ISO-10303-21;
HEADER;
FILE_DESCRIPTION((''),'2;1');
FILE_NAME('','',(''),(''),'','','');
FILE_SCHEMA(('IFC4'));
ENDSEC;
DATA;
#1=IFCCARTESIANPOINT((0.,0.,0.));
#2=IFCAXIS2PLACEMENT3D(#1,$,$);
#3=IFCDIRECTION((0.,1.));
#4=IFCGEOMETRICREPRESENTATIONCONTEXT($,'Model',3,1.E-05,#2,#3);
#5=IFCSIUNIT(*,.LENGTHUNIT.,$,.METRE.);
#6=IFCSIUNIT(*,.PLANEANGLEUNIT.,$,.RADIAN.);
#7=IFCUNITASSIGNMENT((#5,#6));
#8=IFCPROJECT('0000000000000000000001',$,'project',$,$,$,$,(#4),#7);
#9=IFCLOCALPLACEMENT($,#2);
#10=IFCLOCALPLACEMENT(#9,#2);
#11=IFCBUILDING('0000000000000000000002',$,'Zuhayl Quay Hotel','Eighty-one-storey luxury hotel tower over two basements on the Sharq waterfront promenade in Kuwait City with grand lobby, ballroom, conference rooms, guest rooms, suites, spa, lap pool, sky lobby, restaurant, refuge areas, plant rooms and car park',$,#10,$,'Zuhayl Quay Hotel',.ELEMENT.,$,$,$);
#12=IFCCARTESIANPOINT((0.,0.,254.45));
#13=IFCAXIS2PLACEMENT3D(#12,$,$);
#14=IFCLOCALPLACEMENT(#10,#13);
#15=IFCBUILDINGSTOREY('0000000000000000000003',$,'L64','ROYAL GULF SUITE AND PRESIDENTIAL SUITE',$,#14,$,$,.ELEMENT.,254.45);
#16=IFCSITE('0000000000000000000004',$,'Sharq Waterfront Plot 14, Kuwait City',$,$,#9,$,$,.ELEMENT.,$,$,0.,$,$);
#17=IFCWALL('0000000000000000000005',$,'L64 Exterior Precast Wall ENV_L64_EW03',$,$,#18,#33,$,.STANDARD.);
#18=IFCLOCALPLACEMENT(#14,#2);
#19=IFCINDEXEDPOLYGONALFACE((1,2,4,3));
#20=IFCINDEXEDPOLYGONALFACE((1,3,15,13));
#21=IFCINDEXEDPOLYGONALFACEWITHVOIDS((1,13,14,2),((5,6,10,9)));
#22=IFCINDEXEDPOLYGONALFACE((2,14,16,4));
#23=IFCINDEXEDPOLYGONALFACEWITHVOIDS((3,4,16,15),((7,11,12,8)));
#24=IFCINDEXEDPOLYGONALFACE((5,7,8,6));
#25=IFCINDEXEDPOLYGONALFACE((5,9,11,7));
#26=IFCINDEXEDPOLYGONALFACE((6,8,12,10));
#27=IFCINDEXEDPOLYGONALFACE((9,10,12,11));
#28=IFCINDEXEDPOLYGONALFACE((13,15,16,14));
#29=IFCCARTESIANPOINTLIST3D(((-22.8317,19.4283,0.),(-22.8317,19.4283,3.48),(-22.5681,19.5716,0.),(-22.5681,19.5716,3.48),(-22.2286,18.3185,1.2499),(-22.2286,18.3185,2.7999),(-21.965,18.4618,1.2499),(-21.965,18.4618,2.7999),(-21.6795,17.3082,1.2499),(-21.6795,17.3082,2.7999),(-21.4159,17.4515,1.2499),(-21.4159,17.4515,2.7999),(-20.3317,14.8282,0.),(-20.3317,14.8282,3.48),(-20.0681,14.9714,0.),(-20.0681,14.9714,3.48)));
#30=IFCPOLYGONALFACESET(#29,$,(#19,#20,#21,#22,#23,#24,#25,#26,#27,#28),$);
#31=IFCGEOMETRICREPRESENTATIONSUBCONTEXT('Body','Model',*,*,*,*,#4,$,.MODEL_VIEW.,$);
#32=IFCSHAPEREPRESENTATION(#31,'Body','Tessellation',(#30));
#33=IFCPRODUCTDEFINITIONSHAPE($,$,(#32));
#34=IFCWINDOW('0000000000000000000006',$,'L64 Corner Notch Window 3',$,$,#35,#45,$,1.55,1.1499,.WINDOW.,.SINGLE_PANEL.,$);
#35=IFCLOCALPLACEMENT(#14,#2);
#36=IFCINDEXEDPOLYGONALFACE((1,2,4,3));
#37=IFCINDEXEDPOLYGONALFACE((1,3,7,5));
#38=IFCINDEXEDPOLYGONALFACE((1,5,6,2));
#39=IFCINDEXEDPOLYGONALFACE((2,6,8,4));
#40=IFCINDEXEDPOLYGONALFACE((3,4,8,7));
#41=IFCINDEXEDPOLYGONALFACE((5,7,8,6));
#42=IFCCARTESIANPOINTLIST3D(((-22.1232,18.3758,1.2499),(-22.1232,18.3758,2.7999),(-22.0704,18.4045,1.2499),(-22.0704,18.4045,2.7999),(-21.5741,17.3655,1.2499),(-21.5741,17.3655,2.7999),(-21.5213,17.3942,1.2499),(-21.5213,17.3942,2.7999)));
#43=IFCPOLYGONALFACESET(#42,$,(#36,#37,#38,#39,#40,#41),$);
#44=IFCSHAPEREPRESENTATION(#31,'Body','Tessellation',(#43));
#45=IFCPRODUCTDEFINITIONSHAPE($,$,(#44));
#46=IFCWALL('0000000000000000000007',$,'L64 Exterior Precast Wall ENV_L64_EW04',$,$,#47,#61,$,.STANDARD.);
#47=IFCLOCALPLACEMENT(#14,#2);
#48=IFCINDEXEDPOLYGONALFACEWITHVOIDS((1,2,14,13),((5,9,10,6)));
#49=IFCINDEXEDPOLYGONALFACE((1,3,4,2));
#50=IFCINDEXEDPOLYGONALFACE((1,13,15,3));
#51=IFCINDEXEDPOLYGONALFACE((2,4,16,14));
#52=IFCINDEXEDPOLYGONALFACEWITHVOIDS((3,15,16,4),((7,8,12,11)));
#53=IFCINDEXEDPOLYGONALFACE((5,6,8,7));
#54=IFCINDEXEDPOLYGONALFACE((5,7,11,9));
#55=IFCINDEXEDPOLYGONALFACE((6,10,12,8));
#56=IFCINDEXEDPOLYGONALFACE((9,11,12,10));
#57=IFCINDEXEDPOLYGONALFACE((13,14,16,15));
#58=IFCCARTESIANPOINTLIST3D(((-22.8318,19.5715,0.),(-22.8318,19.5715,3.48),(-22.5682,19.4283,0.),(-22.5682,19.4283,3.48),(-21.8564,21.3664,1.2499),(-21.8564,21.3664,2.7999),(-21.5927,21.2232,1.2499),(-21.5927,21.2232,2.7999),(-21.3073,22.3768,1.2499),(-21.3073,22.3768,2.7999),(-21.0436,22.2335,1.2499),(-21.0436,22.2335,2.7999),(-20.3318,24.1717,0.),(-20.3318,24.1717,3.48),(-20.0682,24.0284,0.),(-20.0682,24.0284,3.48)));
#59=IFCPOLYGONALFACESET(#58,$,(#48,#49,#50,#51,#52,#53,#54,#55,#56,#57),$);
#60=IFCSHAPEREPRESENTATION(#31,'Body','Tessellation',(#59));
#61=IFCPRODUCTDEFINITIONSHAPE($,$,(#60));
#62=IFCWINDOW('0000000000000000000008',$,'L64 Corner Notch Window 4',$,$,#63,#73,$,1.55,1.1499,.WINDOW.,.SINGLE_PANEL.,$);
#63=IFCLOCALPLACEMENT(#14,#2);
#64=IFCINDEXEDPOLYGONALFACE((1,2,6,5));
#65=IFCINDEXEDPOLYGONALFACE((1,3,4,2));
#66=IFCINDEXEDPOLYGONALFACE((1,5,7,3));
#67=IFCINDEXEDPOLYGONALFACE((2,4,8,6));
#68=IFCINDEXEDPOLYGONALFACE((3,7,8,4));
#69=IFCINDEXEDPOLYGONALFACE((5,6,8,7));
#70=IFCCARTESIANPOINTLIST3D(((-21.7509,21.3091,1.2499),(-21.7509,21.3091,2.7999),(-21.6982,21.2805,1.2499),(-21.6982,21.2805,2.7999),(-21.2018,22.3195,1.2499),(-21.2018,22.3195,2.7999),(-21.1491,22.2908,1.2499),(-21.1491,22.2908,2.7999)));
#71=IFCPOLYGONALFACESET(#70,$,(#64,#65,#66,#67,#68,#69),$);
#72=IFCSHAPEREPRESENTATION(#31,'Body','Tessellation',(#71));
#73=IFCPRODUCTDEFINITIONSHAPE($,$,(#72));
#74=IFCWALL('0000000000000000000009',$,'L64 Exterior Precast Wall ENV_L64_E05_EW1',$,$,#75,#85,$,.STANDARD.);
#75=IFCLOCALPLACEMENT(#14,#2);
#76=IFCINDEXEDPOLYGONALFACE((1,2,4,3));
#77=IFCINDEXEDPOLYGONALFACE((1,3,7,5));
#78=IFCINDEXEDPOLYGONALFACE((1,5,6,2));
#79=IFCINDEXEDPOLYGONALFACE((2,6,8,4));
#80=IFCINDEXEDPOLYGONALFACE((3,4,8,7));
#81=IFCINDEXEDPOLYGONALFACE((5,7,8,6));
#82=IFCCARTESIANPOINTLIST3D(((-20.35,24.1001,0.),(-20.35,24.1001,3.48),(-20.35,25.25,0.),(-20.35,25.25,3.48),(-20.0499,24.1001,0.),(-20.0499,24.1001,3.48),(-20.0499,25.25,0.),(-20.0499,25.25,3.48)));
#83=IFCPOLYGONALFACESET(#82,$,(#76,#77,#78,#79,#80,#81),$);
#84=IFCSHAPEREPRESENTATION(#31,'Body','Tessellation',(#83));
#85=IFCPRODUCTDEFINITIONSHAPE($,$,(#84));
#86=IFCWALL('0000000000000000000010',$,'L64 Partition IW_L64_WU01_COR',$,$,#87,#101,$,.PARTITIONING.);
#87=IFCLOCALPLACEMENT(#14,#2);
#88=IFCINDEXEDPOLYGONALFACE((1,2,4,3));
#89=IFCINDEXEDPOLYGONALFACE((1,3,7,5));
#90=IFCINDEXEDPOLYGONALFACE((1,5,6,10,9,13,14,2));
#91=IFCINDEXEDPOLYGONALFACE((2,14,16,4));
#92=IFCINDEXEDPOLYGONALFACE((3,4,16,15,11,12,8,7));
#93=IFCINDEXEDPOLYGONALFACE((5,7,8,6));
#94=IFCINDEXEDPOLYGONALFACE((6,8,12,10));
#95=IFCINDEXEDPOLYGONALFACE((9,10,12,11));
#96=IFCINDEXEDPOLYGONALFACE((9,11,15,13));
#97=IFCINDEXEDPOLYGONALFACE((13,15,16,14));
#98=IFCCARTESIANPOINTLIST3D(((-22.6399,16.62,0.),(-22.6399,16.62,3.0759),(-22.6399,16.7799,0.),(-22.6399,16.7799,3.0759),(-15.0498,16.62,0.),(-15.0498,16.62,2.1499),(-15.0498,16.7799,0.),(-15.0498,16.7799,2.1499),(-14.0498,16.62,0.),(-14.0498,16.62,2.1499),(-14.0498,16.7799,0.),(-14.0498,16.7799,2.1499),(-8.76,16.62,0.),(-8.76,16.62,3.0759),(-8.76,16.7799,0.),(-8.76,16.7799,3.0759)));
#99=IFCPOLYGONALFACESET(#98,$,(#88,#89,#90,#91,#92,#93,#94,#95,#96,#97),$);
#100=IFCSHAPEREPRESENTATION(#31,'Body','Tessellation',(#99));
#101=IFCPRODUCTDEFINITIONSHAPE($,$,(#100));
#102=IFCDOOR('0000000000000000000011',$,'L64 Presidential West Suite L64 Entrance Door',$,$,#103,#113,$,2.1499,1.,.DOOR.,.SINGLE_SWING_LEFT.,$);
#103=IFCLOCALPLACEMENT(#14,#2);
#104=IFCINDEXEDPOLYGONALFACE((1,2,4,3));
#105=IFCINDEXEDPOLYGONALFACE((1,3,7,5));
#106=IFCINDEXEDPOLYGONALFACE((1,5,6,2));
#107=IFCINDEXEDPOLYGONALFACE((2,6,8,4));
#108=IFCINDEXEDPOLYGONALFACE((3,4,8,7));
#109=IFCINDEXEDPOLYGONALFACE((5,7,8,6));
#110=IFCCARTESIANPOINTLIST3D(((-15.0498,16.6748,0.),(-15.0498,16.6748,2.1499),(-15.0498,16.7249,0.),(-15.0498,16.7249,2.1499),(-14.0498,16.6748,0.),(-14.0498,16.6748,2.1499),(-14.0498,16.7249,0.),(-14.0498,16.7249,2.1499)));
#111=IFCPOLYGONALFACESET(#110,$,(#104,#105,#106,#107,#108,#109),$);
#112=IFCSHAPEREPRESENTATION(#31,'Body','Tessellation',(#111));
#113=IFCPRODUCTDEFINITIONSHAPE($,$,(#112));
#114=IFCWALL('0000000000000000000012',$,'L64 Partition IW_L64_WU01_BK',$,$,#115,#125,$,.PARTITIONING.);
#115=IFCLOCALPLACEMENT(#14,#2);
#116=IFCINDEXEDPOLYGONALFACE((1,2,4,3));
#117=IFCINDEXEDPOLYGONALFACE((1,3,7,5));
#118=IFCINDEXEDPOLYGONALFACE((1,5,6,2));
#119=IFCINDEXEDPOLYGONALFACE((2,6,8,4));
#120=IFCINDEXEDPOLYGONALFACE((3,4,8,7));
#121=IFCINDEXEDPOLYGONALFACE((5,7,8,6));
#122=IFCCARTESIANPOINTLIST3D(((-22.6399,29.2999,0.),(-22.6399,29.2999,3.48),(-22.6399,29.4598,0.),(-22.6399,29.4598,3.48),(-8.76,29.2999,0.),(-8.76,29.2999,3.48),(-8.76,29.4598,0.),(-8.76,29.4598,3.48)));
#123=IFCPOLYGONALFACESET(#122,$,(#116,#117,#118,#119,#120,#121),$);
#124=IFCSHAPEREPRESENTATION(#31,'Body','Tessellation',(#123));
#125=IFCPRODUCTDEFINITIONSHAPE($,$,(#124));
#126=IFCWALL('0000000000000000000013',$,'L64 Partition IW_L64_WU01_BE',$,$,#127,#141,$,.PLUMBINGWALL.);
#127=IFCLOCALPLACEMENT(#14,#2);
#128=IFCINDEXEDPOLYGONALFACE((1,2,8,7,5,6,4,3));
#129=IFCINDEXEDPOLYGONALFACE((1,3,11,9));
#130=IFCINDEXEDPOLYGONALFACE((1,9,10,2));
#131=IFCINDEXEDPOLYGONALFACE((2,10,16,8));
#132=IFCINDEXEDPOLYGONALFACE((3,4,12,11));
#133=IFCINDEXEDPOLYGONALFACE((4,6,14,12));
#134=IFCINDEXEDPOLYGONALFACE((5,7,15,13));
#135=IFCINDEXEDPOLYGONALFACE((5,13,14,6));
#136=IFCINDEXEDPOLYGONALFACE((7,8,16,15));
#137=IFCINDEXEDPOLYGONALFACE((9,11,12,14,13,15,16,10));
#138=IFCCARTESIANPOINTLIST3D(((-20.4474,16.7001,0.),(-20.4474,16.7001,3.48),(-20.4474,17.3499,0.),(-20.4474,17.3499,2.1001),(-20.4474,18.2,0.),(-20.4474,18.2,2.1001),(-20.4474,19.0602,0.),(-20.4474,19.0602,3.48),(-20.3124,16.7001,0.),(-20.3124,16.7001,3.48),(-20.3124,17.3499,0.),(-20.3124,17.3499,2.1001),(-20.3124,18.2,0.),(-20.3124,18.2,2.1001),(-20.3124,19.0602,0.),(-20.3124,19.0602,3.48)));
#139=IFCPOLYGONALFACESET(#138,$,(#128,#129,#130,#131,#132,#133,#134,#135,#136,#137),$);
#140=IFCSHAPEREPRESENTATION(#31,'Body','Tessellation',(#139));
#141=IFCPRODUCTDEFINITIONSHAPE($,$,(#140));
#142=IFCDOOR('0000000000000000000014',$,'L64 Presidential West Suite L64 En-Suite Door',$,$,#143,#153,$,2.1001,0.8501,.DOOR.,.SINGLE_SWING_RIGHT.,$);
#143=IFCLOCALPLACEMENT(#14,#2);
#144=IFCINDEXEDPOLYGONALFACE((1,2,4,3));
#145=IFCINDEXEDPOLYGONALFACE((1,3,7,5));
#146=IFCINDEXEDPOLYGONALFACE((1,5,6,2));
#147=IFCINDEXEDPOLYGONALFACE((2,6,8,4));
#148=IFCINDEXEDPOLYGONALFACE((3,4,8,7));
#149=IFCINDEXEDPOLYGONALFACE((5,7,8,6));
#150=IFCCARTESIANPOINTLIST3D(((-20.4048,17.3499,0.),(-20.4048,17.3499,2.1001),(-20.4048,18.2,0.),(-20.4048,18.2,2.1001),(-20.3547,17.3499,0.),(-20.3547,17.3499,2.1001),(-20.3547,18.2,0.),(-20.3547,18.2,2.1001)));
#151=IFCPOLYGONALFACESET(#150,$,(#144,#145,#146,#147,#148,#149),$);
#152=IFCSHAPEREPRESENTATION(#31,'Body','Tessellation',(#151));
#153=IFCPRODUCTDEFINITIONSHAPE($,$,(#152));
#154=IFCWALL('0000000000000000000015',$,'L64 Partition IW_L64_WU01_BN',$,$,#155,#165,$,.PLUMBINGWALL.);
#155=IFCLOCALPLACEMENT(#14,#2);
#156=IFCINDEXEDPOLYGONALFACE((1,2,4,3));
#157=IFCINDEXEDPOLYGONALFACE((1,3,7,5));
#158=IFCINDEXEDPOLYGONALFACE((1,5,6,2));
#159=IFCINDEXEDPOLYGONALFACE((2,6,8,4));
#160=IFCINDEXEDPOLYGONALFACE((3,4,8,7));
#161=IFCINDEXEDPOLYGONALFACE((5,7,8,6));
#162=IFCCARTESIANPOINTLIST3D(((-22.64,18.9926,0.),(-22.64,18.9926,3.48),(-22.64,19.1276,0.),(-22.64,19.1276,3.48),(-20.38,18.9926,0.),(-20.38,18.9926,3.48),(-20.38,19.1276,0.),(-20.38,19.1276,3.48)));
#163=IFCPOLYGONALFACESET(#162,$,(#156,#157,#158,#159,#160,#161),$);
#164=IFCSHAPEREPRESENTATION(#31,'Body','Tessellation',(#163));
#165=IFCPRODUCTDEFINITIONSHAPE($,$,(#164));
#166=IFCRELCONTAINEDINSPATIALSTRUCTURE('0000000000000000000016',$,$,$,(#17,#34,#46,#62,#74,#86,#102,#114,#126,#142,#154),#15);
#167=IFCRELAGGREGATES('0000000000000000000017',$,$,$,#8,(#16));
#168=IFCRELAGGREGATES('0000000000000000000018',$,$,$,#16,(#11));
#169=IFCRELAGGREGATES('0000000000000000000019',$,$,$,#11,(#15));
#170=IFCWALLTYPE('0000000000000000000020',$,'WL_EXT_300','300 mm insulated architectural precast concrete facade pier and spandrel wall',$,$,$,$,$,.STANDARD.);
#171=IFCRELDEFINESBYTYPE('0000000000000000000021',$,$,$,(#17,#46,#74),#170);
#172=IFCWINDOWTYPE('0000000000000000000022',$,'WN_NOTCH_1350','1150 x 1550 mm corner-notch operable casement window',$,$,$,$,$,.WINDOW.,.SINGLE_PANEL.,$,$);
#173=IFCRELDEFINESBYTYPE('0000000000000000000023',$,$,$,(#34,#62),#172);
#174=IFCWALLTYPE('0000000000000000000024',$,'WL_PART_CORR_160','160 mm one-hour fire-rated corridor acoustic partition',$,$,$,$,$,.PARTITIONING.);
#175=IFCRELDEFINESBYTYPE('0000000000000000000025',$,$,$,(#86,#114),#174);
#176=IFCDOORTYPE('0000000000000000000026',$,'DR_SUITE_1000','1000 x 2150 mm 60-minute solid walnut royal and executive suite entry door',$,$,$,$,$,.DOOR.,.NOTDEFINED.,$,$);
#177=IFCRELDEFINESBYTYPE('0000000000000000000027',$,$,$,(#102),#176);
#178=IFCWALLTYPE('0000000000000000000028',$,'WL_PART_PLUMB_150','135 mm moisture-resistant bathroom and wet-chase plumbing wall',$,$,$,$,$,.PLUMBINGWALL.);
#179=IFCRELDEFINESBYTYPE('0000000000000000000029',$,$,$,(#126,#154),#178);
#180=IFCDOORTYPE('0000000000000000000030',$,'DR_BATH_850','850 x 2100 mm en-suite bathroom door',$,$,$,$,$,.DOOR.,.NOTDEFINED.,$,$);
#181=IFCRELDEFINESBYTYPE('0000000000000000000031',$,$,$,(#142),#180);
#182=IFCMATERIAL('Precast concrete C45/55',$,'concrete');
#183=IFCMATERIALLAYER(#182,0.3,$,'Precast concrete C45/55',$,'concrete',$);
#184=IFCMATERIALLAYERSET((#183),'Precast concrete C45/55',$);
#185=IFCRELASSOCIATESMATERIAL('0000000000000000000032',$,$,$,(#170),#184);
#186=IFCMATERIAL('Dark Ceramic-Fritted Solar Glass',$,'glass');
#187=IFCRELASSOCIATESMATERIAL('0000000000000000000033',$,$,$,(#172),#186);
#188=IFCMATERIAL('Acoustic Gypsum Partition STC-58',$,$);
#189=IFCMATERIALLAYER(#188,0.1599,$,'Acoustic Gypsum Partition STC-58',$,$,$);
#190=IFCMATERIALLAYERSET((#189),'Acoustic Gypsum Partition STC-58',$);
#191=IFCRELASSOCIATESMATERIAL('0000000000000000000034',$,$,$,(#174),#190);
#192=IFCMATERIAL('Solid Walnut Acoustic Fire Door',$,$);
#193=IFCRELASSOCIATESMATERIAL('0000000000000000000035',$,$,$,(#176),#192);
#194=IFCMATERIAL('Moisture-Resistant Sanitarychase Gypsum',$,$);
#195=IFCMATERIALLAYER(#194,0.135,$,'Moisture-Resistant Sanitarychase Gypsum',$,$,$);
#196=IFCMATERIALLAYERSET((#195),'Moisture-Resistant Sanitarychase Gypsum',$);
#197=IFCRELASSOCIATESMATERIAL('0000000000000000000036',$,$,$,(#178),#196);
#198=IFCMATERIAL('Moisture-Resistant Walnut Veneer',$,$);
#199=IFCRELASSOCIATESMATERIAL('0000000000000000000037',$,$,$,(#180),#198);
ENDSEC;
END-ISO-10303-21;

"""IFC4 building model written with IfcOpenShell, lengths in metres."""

from ifc_helpers import new_model, si_unit, direction, frame, frame_2d, origin, place, context, subcontext, project, spatial, rectangle, extrude, material, layer, layer_set, type_object, element, fill, save


model = new_model("IFC4")

# Units and contexts
model_context = context("Model", 3, precision=1e-05, world=origin(), true_north=direction((0.0, 1.0)))
body_context = subcontext(model_context, "Body", "Model", "MODEL_VIEW")
ifc_project = project(units=[si_unit("LENGTHUNIT", "METRE"), si_unit("PLANEANGLEUNIT", "RADIAN")], contexts=[model_context])

# Site, building, storey
site_placement = place(None, origin())
site = spatial("IfcSite", under=ifc_project, at=site_placement, Name="Sharq Waterfront Plot 14, Kuwait City", CompositionType="ELEMENT", RefElevation=0.0)
building_placement = place(site_placement, origin())
building = spatial("IfcBuilding", under=site, at=building_placement, Name="Zuhayl Quay Hotel", Description="Eighty-one-storey luxury hotel tower over two basements on the Sharq waterfront promenade in Kuwait City with grand lobby, ballroom, conference rooms, guest rooms, suites, spa, lap pool, sky lobby, restaurant, refuge areas, plant rooms and car park", LongName="Zuhayl Quay Hotel", CompositionType="ELEMENT")
storey_placement = place(building_placement, frame((0.0, 0.0, 254.45)))
storey = spatial("IfcBuildingStorey", under=building, at=storey_placement, Name="L64", Description="ROYAL GULF SUITE AND PRESIDENTIAL SUITE", CompositionType="ELEMENT", Elevation=254.45)

# Shared definitions
ifc_material_1 = material(Name="Dark Ceramic-Fritted Solar Glass", Category="glass")

# Walls, openings, windows
ifc_material_2 = material(Name="Precast concrete C45/55", Category="concrete")
ifc_layer_1 = layer(ifc_material_2, 0.3, Name="Precast concrete C45/55", Category="concrete")
ifc_layer_set_1 = layer_set([ifc_layer_1], Name="Precast concrete C45/55")
wall_type_1 = type_object("IfcWallType", Name="WL_EXT_300", Description="300 mm insulated architectural precast concrete facade pier and spandrel wall", PredefinedType="STANDARD", material=ifc_layer_set_1)
wall_1_placement = place(storey_placement, frame((-20.2, 14.8999, 0.0), z_axis=(0.0, 0.0, 1.0), x_axis=(-0.477505, 0.878629, 0.0)))
wall_1 = element("IfcWall", 1, at=wall_1_placement, inside=storey, type_object=wall_type_1, Name="L64 Exterior Precast Wall ENV_L64_EW03", PredefinedType="STANDARD", context=body_context, shape_type="SweptSolid", body=[
    extrude(rectangle(XDim=5.2356, YDim=0.3, at=frame_2d((2.6177, 0.0))), origin(), (0.0, 0.0, 1.0), 3.48),
])
opening_1_placement = place(wall_1_placement, frame((2.8225, 0.0, 1.25)))
opening_1 = element("IfcOpeningElement", 2, at=opening_1_placement, cuts=wall_1, PredefinedType="OPENING", context=body_context, shape_type="SweptSolid", body=[
    extrude(rectangle(XDim=1.1499, YDim=1.55, at=frame_2d((0.575, 0.7749))), frame((0.0, 0.1599, 0.0), z_axis=(0.0, -1.0, 0.0), x_axis=(1.0, 0.0, 0.0)), (0.0, 0.0, 1.0), 0.3201),
])
window_type = type_object("IfcWindowType", Name="WN_NOTCH_1350", Description="1150 x 1550 mm corner-notch operable casement window", PartitioningType="SINGLE_PANEL", PredefinedType="WINDOW", material=ifc_material_1)
window_1_placement = place(opening_1_placement, origin())
window_1 = element("IfcWindow", 3, at=window_1_placement, inside=storey, type_object=window_type, Name="L64 Corner Notch Window 3", OverallHeight=1.55, OverallWidth=1.1499, PartitioningType="SINGLE_PANEL", PredefinedType="WINDOW", context=body_context, shape_type="SweptSolid", body=[
    extrude(rectangle(XDim=1.1499, YDim=1.55, at=frame_2d((0.575, 0.7749))), frame((0.0, 0.03, 0.0), z_axis=(0.0, -1.0, 0.0), x_axis=(1.0, 0.0, 0.0)), (0.0, 0.0, 1.0), 0.0601),
])
fill(opening_1, window_1)
wall_2_placement = place(storey_placement, frame((-22.7, 19.5, 0.0), z_axis=(0.0, 0.0, 1.0), x_axis=(0.477505, 0.878629, 0.0)))
wall_2 = element("IfcWall", 4, at=wall_2_placement, inside=storey, type_object=wall_type_1, Name="L64 Exterior Precast Wall ENV_L64_EW04", PredefinedType="STANDARD", context=body_context, shape_type="SweptSolid", body=[
    extrude(rectangle(XDim=5.2356, YDim=0.3, at=frame_2d((2.6177, 0.0))), origin(), (0.0, 0.0, 1.0), 3.48),
])
opening_2_placement = place(wall_2_placement, frame((2.0427, 0.0, 1.25)))
opening_2 = element("IfcOpeningElement", 5, at=opening_2_placement, cuts=wall_2, PredefinedType="OPENING", context=body_context, shape_type="SweptSolid", body=[
    extrude(rectangle(XDim=1.1499, YDim=1.55, at=frame_2d((0.575, 0.7749))), frame((0.0, 0.1599, 0.0), z_axis=(0.0, -1.0, 0.0), x_axis=(1.0, 0.0, 0.0)), (0.0, 0.0, 1.0), 0.3201),
])
window_2_placement = place(opening_2_placement, origin())
window_2 = element("IfcWindow", 6, at=window_2_placement, inside=storey, type_object=window_type, Name="L64 Corner Notch Window 4", OverallHeight=1.55, OverallWidth=1.1499, PartitioningType="SINGLE_PANEL", PredefinedType="WINDOW", context=body_context, shape_type="SweptSolid", body=[
    extrude(rectangle(XDim=1.1499, YDim=1.55, at=frame_2d((0.575, 0.7749))), frame((0.0, 0.03, 0.0), z_axis=(0.0, -1.0, 0.0), x_axis=(1.0, 0.0, 0.0)), (0.0, 0.0, 1.0), 0.0601),
])
fill(opening_2, window_2)

# Wall
wall_3_placement = place(storey_placement, frame((-20.2, 24.1001, 0.0), z_axis=(0.0, 0.0, 1.0), x_axis=(0.0, 1.0, 0.0)))
element("IfcWall", 7, at=wall_3_placement, inside=storey, type_object=wall_type_1, Name="L64 Exterior Precast Wall ENV_L64_E05_EW1", PredefinedType="STANDARD", context=body_context, shape_type="SweptSolid", body=[
    extrude(rectangle(XDim=1.1499, YDim=0.3, at=frame_2d((0.575, 0.0))), origin(), (0.0, 0.0, 1.0), 3.48),
])

# Wall, opening, door
ifc_material_3 = material(Name="Acoustic Gypsum Partition STC-58")
ifc_layer_2 = layer(ifc_material_3, 0.1599, Name="Acoustic Gypsum Partition STC-58")
ifc_layer_set_2 = layer_set([ifc_layer_2], Name="Acoustic Gypsum Partition STC-58")
wall_type_2 = type_object("IfcWallType", Name="WL_PART_CORR_160", Description="160 mm one-hour fire-rated corridor acoustic partition", PredefinedType="PARTITIONING", material=ifc_layer_set_2)
wall_4_placement = place(storey_placement, frame((-22.6399, 16.7, 0.0), z_axis=(0.0, 0.0, 1.0), x_axis=(1.0, 0.0, 0.0)))
wall_4 = element("IfcWall", 8, at=wall_4_placement, inside=storey, type_object=wall_type_2, Name="L64 Partition IW_L64_WU01_COR", PredefinedType="PARTITIONING", context=body_context, shape_type="SweptSolid", body=[
    extrude(rectangle(XDim=13.8799, YDim=0.1599, at=frame_2d((6.9399, 0.0))), origin(), (0.0, 0.0, 1.0), 3.0759),
])
opening_3_placement = place(wall_4_placement, frame((7.5901, 0.0, 0.0)))
opening_3 = element("IfcOpeningElement", 9, at=opening_3_placement, cuts=wall_4, PredefinedType="OPENING", context=body_context, shape_type="SweptSolid", body=[
    extrude(rectangle(XDim=1.0, YDim=2.1499, at=frame_2d((0.5, 1.075))), frame((0.0, 0.0898, 0.0), z_axis=(0.0, -1.0, 0.0), x_axis=(1.0, 0.0, 0.0)), (0.0, 0.0, 1.0), 0.1799),
])
ifc_material_4 = material(Name="Solid Walnut Acoustic Fire Door")
door_type_1 = type_object("IfcDoorType", Name="DR_SUITE_1000", Description="1000 x 2150 mm 60-minute solid walnut royal and executive suite entry door", OperationType="NOTDEFINED", PredefinedType="DOOR", material=ifc_material_4)
door_1_placement = place(opening_3_placement, origin())
door_1 = element("IfcDoor", 10, at=door_1_placement, inside=storey, type_object=door_type_1, Name="L64 Presidential West Suite L64 Entrance Door", OperationType="SINGLE_SWING_LEFT", OverallHeight=2.1499, OverallWidth=1.0, PredefinedType="DOOR", context=body_context, shape_type="SweptSolid", body=[
    extrude(rectangle(XDim=1.0, YDim=2.1499, at=frame_2d((0.5, 1.075))), frame((0.0, 0.0249, 0.0), z_axis=(0.0, -1.0, 0.0), x_axis=(1.0, 0.0, 0.0)), (0.0, 0.0, 1.0), 0.05),
])
fill(opening_3, door_1)

# Wall
wall_5_placement = place(storey_placement, frame((-22.6399, 29.3799, 0.0), z_axis=(0.0, 0.0, 1.0), x_axis=(1.0, 0.0, 0.0)))
element("IfcWall", 11, at=wall_5_placement, inside=storey, type_object=wall_type_2, Name="L64 Partition IW_L64_WU01_BK", PredefinedType="PARTITIONING", context=body_context, shape_type="SweptSolid", body=[
    extrude(rectangle(XDim=13.8799, YDim=0.1599, at=frame_2d((6.9399, 0.0))), origin(), (0.0, 0.0, 1.0), 3.48),
])

# Wall, opening, door
ifc_material_5 = material(Name="Moisture-Resistant Sanitarychase Gypsum")
ifc_layer_3 = layer(ifc_material_5, 0.135, Name="Moisture-Resistant Sanitarychase Gypsum")
ifc_layer_set_3 = layer_set([ifc_layer_3], Name="Moisture-Resistant Sanitarychase Gypsum")
wall_type_3 = type_object("IfcWallType", Name="WL_PART_PLUMB_150", Description="135 mm moisture-resistant bathroom and wet-chase plumbing wall", PredefinedType="PLUMBINGWALL", material=ifc_layer_set_3)
wall_6_placement = place(storey_placement, frame((-20.3799, 16.7, 0.0), z_axis=(0.0, 0.0, 1.0), x_axis=(0.0, 1.0, 0.0)))
wall_6 = element("IfcWall", 12, at=wall_6_placement, inside=storey, type_object=wall_type_3, Name="L64 Partition IW_L64_WU01_BE", PredefinedType="PLUMBINGWALL", context=body_context, shape_type="SweptSolid", body=[
    extrude(rectangle(XDim=2.3601, YDim=0.135, at=frame_2d((1.1802, 0.0))), origin(), (0.0, 0.0, 1.0), 3.48),
])
opening_4_placement = place(wall_6_placement, frame((0.6499, 0.0, 0.0)))
opening_4 = element("IfcOpeningElement", 13, at=opening_4_placement, cuts=wall_6, PredefinedType="OPENING", context=body_context, shape_type="SweptSolid", body=[
    extrude(rectangle(XDim=0.8501, YDim=2.1001, at=frame_2d((0.425, 1.05))), frame((0.0, 0.0774, 0.0), z_axis=(0.0, -1.0, 0.0), x_axis=(1.0, 0.0, 0.0)), (0.0, 0.0, 1.0), 0.155),
])
ifc_material_6 = material(Name="Moisture-Resistant Walnut Veneer")
door_type_2 = type_object("IfcDoorType", Name="DR_BATH_850", Description="850 x 2100 mm en-suite bathroom door", OperationType="NOTDEFINED", PredefinedType="DOOR", material=ifc_material_6)
door_2_placement = place(opening_4_placement, origin())
door_2 = element("IfcDoor", 14, at=door_2_placement, inside=storey, type_object=door_type_2, Name="L64 Presidential West Suite L64 En-Suite Door", OperationType="SINGLE_SWING_RIGHT", OverallHeight=2.1001, OverallWidth=0.8501, PredefinedType="DOOR", context=body_context, shape_type="SweptSolid", body=[
    extrude(rectangle(XDim=0.8501, YDim=2.1001, at=frame_2d((0.425, 1.05))), frame((0.0, 0.0249, 0.0), z_axis=(0.0, -1.0, 0.0), x_axis=(1.0, 0.0, 0.0)), (0.0, 0.0, 1.0), 0.05),
])
fill(opening_4, door_2)

# Wall
wall_7_placement = place(storey_placement, frame((-22.6399, 19.0601, 0.0), z_axis=(0.0, 0.0, 1.0), x_axis=(1.0, 0.0, 0.0)))
element("IfcWall", 15, at=wall_7_placement, inside=storey, type_object=wall_type_3, Name="L64 Partition IW_L64_WU01_BN", PredefinedType="PLUMBINGWALL", context=body_context, shape_type="SweptSolid", body=[
    extrude(rectangle(XDim=2.26, YDim=0.135, at=frame_2d((1.1299, 0.0))), origin(), (0.0, 0.0, 1.0), 3.48),
])

save(model, "model.ifc")
